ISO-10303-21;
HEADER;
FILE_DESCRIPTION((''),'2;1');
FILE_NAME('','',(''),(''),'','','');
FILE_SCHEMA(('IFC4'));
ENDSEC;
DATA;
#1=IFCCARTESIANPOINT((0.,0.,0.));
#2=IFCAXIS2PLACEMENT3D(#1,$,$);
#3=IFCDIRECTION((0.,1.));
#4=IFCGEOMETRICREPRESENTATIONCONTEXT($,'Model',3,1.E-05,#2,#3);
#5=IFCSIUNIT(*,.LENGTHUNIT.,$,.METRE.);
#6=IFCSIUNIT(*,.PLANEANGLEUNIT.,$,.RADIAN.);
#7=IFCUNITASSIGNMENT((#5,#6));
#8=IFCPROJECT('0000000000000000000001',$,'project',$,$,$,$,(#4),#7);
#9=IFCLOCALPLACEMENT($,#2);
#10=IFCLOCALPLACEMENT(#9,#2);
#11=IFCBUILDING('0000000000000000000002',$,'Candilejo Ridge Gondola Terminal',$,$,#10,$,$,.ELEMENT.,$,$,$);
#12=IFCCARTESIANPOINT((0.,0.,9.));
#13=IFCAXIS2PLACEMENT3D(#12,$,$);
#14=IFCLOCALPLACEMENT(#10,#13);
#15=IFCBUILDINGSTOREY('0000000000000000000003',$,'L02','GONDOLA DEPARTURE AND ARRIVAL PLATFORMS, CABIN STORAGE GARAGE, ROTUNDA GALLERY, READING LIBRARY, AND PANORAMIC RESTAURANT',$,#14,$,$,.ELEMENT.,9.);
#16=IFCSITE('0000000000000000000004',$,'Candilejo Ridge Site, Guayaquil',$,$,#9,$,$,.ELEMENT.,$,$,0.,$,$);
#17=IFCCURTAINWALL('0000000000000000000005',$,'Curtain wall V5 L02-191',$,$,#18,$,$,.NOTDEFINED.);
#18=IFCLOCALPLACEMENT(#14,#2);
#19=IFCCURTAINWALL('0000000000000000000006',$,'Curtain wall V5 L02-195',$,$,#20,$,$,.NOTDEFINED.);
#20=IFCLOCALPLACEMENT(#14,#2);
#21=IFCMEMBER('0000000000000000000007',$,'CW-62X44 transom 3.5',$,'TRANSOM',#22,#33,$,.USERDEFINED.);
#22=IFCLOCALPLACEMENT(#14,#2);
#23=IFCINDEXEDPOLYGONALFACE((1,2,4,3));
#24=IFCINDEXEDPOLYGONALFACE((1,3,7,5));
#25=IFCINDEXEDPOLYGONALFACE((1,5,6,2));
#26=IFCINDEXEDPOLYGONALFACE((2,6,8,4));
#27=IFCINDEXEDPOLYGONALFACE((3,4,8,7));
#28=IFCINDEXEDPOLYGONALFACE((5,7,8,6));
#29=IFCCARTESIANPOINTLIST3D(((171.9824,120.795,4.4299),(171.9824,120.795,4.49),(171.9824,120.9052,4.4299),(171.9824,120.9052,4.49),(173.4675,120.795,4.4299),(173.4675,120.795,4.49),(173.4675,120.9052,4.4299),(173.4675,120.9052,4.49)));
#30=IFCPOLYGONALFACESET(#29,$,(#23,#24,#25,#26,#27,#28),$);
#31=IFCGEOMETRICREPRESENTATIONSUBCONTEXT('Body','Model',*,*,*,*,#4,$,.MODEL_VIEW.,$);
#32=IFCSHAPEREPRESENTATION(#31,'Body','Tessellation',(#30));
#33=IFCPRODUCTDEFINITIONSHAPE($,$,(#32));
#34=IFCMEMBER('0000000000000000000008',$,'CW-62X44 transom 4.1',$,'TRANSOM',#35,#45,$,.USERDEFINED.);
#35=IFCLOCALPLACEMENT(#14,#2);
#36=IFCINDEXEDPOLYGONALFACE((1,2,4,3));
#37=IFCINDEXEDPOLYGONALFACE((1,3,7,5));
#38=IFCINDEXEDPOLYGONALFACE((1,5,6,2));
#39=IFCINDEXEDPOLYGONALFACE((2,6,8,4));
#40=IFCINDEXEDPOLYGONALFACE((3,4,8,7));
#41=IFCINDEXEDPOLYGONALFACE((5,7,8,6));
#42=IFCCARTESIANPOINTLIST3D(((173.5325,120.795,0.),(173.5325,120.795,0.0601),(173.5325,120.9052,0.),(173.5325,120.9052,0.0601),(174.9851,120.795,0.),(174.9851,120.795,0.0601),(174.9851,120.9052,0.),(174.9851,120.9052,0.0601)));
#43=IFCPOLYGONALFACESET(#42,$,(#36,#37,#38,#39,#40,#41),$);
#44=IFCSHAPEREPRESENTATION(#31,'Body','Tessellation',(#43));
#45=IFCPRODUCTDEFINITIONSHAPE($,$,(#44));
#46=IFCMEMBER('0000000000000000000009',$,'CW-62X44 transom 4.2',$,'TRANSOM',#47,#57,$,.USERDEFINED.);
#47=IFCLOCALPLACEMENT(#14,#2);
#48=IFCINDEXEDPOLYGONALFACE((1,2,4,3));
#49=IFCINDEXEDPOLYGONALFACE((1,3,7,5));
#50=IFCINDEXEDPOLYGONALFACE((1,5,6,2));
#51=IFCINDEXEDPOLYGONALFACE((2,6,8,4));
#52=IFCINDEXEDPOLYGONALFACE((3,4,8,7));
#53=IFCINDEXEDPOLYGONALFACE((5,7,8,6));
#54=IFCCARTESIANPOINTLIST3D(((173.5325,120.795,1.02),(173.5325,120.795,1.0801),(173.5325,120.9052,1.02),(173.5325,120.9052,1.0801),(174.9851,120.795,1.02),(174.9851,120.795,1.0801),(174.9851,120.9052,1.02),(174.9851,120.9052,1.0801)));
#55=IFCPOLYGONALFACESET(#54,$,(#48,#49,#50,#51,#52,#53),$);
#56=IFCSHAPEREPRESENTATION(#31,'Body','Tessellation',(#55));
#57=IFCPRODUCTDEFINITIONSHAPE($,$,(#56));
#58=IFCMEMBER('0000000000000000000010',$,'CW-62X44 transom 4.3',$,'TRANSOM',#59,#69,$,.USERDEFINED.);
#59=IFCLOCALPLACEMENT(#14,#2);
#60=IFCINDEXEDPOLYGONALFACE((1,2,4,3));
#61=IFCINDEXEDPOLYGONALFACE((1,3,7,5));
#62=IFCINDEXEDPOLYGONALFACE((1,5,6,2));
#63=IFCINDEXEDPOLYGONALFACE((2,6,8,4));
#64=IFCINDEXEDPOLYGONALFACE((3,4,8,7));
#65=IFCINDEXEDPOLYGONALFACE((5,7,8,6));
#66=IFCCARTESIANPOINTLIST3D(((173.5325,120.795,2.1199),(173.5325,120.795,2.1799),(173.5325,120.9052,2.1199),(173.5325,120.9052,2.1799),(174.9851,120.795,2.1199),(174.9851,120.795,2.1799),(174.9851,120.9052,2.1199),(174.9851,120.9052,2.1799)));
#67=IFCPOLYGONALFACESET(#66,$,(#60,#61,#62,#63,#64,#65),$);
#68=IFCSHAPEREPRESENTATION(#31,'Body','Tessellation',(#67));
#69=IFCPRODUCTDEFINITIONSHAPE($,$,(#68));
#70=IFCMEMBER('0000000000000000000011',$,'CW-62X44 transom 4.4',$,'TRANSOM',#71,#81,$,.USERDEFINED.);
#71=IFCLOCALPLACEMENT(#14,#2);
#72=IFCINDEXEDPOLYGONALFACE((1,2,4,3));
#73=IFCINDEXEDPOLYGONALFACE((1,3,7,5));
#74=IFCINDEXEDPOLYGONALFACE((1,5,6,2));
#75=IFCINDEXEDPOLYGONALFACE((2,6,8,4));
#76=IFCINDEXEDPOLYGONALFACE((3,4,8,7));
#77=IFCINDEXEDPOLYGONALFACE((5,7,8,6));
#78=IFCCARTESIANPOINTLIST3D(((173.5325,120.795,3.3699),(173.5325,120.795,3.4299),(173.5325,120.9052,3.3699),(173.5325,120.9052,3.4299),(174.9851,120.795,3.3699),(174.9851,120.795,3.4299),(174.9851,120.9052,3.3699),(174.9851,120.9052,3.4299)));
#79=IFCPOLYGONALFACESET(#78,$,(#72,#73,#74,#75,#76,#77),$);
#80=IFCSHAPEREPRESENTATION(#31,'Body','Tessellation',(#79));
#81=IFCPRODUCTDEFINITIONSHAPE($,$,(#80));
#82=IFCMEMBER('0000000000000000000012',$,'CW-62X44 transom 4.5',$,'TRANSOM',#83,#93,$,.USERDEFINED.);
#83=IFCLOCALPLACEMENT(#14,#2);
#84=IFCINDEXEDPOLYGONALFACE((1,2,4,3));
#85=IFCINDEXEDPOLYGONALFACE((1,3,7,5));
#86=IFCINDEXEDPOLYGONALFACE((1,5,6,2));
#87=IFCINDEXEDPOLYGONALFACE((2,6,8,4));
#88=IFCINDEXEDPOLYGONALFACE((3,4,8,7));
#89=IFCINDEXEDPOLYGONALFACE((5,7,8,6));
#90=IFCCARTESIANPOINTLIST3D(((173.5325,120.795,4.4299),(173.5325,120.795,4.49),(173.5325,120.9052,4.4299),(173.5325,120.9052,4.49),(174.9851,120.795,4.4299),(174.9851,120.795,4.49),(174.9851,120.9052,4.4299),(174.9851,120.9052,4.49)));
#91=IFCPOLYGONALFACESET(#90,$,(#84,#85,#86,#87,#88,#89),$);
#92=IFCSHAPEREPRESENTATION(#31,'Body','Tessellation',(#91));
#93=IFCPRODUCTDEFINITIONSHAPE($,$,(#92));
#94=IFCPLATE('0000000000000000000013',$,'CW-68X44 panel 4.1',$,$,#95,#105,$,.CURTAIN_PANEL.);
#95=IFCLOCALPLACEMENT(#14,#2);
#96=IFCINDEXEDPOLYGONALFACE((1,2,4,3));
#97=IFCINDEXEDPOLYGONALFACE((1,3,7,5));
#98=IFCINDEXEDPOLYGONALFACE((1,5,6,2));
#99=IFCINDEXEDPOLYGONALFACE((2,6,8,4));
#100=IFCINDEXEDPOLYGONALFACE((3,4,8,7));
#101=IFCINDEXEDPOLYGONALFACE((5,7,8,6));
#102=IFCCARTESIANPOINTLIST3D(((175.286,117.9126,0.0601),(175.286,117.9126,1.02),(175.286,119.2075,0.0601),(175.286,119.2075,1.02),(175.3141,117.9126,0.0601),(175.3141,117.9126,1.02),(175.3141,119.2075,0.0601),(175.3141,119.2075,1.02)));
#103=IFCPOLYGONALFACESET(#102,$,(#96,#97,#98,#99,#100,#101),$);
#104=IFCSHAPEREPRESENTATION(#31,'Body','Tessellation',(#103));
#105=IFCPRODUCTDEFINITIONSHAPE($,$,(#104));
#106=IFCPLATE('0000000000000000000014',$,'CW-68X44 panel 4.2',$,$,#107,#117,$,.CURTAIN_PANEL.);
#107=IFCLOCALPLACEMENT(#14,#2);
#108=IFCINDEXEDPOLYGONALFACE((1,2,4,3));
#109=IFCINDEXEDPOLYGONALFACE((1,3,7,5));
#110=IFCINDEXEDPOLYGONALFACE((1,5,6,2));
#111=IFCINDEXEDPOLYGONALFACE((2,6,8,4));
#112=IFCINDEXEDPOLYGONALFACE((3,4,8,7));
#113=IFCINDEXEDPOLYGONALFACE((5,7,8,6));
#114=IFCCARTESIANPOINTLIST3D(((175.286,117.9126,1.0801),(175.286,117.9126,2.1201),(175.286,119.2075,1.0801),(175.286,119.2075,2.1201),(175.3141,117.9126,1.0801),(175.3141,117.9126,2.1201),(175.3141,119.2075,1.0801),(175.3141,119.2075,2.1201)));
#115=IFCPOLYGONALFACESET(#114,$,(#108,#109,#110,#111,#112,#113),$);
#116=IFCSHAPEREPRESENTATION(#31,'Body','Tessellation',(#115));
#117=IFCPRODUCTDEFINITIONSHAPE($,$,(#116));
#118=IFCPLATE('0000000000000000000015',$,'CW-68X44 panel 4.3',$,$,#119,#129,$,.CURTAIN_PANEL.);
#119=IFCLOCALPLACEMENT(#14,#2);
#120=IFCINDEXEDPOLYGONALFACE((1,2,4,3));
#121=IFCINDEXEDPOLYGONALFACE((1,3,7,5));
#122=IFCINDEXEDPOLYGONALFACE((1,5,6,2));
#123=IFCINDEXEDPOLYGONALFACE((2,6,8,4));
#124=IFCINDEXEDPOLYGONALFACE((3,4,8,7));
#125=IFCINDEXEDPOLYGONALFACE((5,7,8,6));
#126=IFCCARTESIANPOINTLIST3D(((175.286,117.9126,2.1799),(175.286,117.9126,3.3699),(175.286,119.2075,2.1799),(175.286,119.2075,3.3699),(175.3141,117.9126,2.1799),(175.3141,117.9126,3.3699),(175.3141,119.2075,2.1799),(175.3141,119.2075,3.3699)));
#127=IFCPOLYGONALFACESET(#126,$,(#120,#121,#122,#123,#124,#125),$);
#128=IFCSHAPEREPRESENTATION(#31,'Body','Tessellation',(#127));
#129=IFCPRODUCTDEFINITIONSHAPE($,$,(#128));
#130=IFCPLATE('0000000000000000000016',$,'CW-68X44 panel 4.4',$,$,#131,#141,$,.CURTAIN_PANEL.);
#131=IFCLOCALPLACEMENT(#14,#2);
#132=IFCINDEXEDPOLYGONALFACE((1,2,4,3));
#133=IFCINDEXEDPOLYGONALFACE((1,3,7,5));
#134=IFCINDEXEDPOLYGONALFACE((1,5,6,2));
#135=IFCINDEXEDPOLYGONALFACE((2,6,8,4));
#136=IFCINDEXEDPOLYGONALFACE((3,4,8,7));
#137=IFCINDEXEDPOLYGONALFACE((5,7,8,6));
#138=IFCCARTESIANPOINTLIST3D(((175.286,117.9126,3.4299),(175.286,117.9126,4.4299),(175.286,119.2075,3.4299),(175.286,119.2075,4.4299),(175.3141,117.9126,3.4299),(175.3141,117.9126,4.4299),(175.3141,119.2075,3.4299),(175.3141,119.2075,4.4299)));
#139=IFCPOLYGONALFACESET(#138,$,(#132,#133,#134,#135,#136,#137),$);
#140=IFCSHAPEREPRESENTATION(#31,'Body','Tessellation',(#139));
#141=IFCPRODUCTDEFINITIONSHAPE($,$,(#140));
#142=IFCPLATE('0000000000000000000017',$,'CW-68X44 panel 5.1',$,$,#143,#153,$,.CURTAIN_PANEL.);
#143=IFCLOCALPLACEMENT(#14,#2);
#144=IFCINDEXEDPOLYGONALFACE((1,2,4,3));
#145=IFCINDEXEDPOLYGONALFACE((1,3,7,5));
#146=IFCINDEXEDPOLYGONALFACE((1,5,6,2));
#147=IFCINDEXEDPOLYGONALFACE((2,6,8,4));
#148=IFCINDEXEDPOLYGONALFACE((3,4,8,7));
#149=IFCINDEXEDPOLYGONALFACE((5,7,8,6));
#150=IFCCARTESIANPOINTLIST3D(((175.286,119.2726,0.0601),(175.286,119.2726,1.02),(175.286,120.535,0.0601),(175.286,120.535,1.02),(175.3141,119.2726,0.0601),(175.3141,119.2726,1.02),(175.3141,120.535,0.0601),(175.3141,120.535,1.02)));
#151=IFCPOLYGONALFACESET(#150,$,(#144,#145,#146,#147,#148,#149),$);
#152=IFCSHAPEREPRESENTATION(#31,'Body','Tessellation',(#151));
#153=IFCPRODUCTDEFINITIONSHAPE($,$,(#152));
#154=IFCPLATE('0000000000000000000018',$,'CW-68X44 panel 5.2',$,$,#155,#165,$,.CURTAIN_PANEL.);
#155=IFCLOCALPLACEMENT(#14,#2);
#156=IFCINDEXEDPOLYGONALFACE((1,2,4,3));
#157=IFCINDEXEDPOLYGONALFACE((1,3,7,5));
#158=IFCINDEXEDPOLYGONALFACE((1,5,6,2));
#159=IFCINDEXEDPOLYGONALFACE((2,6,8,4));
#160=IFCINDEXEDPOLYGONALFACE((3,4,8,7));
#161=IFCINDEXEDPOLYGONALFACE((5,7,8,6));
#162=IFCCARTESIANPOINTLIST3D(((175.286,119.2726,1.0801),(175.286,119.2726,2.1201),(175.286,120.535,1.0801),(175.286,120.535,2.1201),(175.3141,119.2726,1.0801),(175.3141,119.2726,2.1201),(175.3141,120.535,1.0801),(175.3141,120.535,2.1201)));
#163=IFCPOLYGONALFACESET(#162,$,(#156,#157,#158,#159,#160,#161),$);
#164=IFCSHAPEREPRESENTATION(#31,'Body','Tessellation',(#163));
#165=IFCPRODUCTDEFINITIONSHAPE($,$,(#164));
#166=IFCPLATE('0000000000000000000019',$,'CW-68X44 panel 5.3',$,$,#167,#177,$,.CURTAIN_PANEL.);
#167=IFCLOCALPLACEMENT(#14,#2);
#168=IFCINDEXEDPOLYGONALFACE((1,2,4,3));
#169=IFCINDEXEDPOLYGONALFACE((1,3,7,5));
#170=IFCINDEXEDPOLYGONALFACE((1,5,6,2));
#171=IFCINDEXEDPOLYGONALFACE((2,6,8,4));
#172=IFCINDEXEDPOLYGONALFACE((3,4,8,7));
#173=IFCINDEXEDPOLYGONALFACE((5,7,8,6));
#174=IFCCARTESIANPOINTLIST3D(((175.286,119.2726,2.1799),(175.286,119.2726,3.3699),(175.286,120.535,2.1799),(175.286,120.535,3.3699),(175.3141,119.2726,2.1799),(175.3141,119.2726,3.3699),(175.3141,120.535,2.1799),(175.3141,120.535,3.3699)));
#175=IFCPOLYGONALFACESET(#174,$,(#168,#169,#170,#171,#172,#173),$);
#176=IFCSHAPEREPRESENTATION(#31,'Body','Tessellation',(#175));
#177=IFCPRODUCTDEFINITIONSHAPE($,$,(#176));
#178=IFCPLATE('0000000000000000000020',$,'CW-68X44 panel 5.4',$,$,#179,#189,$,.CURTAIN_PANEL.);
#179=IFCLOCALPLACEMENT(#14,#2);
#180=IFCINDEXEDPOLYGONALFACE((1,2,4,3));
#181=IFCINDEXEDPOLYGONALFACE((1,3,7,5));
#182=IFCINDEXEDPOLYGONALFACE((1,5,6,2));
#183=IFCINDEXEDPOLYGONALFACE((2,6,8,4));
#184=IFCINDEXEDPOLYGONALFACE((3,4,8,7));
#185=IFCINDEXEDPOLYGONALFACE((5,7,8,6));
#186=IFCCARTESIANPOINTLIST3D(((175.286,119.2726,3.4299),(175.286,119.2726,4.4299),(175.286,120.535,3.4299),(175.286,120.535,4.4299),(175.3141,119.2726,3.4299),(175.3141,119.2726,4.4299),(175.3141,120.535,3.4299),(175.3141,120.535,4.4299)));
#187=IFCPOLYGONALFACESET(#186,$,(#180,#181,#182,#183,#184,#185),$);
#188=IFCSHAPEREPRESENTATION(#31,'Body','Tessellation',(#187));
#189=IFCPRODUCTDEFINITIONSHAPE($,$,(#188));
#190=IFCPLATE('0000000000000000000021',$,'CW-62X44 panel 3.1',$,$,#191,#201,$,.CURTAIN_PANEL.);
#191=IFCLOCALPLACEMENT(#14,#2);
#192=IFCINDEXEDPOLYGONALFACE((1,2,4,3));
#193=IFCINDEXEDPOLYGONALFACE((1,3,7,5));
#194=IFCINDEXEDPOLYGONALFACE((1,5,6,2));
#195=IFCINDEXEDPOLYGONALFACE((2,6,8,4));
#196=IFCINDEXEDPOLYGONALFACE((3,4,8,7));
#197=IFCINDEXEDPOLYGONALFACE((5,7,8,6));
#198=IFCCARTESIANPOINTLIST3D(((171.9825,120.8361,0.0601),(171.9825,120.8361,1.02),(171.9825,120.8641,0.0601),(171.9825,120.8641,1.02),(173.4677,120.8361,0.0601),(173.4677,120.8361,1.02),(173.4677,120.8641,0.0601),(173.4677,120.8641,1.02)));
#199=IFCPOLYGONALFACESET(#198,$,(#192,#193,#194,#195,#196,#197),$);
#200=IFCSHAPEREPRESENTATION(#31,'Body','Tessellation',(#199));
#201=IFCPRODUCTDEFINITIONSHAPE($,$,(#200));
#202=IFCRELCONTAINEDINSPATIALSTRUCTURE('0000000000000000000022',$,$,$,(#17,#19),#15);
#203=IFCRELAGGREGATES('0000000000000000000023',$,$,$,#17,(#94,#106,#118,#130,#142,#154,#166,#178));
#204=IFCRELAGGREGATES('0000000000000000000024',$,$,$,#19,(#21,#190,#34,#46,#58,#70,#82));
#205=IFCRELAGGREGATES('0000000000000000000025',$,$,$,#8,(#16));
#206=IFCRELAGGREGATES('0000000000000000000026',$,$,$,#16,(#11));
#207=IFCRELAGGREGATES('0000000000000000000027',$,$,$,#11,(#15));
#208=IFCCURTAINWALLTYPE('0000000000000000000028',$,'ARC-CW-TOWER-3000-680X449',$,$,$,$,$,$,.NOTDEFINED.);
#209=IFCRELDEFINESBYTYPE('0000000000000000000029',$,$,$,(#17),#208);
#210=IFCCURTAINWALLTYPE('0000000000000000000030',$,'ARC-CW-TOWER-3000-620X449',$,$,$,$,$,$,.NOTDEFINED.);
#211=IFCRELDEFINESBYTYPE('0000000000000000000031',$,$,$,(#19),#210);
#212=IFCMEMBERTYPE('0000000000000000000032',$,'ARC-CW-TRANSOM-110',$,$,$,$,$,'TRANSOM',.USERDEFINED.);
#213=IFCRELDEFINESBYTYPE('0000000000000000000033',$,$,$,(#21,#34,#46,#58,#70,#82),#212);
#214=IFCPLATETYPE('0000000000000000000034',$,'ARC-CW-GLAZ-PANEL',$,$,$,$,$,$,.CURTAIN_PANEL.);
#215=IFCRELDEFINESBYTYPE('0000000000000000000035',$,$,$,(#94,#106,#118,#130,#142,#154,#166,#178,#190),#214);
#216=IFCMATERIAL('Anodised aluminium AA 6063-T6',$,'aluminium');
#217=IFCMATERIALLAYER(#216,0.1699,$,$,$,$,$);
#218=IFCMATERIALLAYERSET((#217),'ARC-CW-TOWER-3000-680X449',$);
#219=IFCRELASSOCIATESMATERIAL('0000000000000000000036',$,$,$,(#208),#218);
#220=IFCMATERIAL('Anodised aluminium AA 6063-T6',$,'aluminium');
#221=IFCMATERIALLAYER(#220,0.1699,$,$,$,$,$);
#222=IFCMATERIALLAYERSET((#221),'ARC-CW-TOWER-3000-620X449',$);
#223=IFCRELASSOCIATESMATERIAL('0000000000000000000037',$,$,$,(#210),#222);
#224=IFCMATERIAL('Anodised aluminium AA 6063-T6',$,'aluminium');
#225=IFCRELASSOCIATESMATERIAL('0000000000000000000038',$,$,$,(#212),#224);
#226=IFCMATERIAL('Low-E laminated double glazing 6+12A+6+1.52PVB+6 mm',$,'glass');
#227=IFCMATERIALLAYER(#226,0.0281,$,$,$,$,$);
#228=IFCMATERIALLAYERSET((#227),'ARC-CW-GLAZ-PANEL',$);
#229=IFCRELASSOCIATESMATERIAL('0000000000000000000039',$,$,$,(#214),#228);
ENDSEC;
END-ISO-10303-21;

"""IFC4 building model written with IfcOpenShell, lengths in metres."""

from ifc_helpers import new_model, si_unit, direction, frame, origin, origin_2d, place, context, subcontext, project, spatial, rectangle, extrude, material, layer, layer_set, material_profile, profile_set, type_object, element, aggregate, save


model = new_model("IFC4")

# Units and contexts
model_context = context("Model", 3, precision=1e-05, world=origin(), true_north=direction((0.0, 1.0)))
body_context = subcontext(model_context, "Body", "Model", "MODEL_VIEW")
ifc_project = project(units=[si_unit("LENGTHUNIT", "METRE"), si_unit("PLANEANGLEUNIT", "RADIAN")], contexts=[model_context])

# Site, building, storey
site_placement = place(None, origin())
site = spatial("IfcSite", under=ifc_project, at=site_placement, Name="Candilejo Ridge Site, Guayaquil", CompositionType="ELEMENT", RefElevation=0.0)
building_placement = place(site_placement, origin())
building = spatial("IfcBuilding", under=site, at=building_placement, Name="Candilejo Ridge Gondola Terminal", CompositionType="ELEMENT")
storey_placement = place(building_placement, frame((0.0, 0.0, 9.0)))
storey = spatial("IfcBuildingStorey", under=building, at=storey_placement, Name="L02", Description="GONDOLA DEPARTURE AND ARRIVAL PLATFORMS, CABIN STORAGE GARAGE, ROTUNDA GALLERY, READING LIBRARY, AND PANORAMIC RESTAURANT", CompositionType="ELEMENT", Elevation=9.0)

# Curtain walls
ifc_material_1 = material(Name="Anodised aluminium AA 6063-T6", Category="aluminium")
ifc_layer_1 = layer(ifc_material_1, 0.1699)
ifc_layer_set_1 = layer_set([ifc_layer_1], Name="ARC-CW-TOWER-3000-680X449")
curtain_wall_type_1 = type_object("IfcCurtainWallType", Name="ARC-CW-TOWER-3000-680X449", PredefinedType="NOTDEFINED", material=ifc_layer_set_1)
curtain_wall_1_placement = place(storey_placement, origin())
curtain_wall_1 = element("IfcCurtainWall", 1, at=curtain_wall_1_placement, inside=storey, type_object=curtain_wall_type_1, Name="Curtain wall V5 L02-191", PredefinedType="NOTDEFINED")
ifc_material_2 = material(Name="Anodised aluminium AA 6063-T6", Category="aluminium")
ifc_layer_2 = layer(ifc_material_2, 0.1699)
ifc_layer_set_2 = layer_set([ifc_layer_2], Name="ARC-CW-TOWER-3000-620X449")
curtain_wall_type_2 = type_object("IfcCurtainWallType", Name="ARC-CW-TOWER-3000-620X449", PredefinedType="NOTDEFINED", material=ifc_layer_set_2)
curtain_wall_2_placement = place(storey_placement, origin())
curtain_wall_2 = element("IfcCurtainWall", 2, at=curtain_wall_2_placement, inside=storey, type_object=curtain_wall_type_2, Name="Curtain wall V5 L02-195", PredefinedType="NOTDEFINED")

# Members
ifc_material_3 = material(Name="Anodised aluminium AA 6063-T6", Category="aluminium")
ifc_material_profile_1 = material_profile(ifc_material_3, rectangle(XDim=0.1101, YDim=0.0601, at=origin_2d()))
ifc_profile_set_1 = profile_set([ifc_material_profile_1], Name="Anodised aluminium AA 6063-T6")
member_type_1 = type_object("IfcMemberType", Name="ARC-CW-TRANSOM-110", ElementType="TRANSOM", PredefinedType="USERDEFINED", material=ifc_profile_set_1)
member_1_placement = place(storey_placement, frame((171.9824, 120.8501, 4.46), z_axis=(1.0, 0.0, 0.0), x_axis=(0.0, 1.0, 0.0)))
member_1 = element("IfcMember", 3, at=member_1_placement, type_object=member_type_1, Name="CW-62X44 transom 3.5", ObjectType="TRANSOM", PredefinedType="USERDEFINED", context=body_context, shape_type="SweptSolid", body=[
    extrude(rectangle(XDim=0.1101, YDim=0.0601, at=origin_2d()), origin(), (0.0, 0.0, 1.0), 1.4851),
])
member_2_placement = place(storey_placement, frame((173.5325, 120.8501, 0.03), z_axis=(1.0, 0.0, 0.0), x_axis=(0.0, 1.0, 0.0)))
member_2 = element("IfcMember", 4, at=member_2_placement, type_object=member_type_1, Name="CW-62X44 transom 4.1", ObjectType="TRANSOM", PredefinedType="USERDEFINED", context=body_context, shape_type="SweptSolid", body=[
    extrude(rectangle(XDim=0.1101, YDim=0.0601, at=origin_2d()), origin(), (0.0, 0.0, 1.0), 1.4526),
])
member_3_placement = place(storey_placement, frame((173.5325, 120.8501, 1.05), z_axis=(1.0, 0.0, 0.0), x_axis=(0.0, 1.0, 0.0)))
member_3 = element("IfcMember", 5, at=member_3_placement, type_object=member_type_1, Name="CW-62X44 transom 4.2", ObjectType="TRANSOM", PredefinedType="USERDEFINED", context=body_context, shape_type="SweptSolid", body=[
    extrude(rectangle(XDim=0.1101, YDim=0.0601, at=origin_2d()), origin(), (0.0, 0.0, 1.0), 1.4526),
])
member_4_placement = place(storey_placement, frame((173.5325, 120.8501, 2.1499), z_axis=(1.0, 0.0, 0.0), x_axis=(0.0, 1.0, 0.0)))
member_4 = element("IfcMember", 6, at=member_4_placement, type_object=member_type_1, Name="CW-62X44 transom 4.3", ObjectType="TRANSOM", PredefinedType="USERDEFINED", context=body_context, shape_type="SweptSolid", body=[
    extrude(rectangle(XDim=0.1101, YDim=0.0601, at=origin_2d()), origin(), (0.0, 0.0, 1.0), 1.4526),
])
member_5_placement = place(storey_placement, frame((173.5325, 120.8501, 3.3999), z_axis=(1.0, 0.0, 0.0), x_axis=(0.0, 1.0, 0.0)))
member_5 = element("IfcMember", 7, at=member_5_placement, type_object=member_type_1, Name="CW-62X44 transom 4.4", ObjectType="TRANSOM", PredefinedType="USERDEFINED", context=body_context, shape_type="SweptSolid", body=[
    extrude(rectangle(XDim=0.1101, YDim=0.0601, at=origin_2d()), origin(), (0.0, 0.0, 1.0), 1.4526),
])
member_6_placement = place(storey_placement, frame((173.5325, 120.8501, 4.46), z_axis=(1.0, 0.0, 0.0), x_axis=(0.0, 1.0, 0.0)))
member_6 = element("IfcMember", 8, at=member_6_placement, type_object=member_type_1, Name="CW-62X44 transom 4.5", ObjectType="TRANSOM", PredefinedType="USERDEFINED", context=body_context, shape_type="SweptSolid", body=[
    extrude(rectangle(XDim=0.1101, YDim=0.0601, at=origin_2d()), origin(), (0.0, 0.0, 1.0), 1.4526),
])

# Plates
ifc_material_4 = material(Name="Low-E laminated double glazing 6+12A+6+1.52PVB+6 mm", Category="glass")
ifc_layer_3 = layer(ifc_material_4, 0.0281)
ifc_layer_set_3 = layer_set([ifc_layer_3], Name="ARC-CW-GLAZ-PANEL")
plate_type = type_object("IfcPlateType", Name="ARC-CW-GLAZ-PANEL", PredefinedType="CURTAIN_PANEL", material=ifc_layer_set_3)
plate_1_placement = place(storey_placement, frame((175.3, 118.5601, 0.0601), z_axis=(0.0, 0.0, 1.0), x_axis=(0.0, 1.0, 0.0)))
plate_1 = element("IfcPlate", 9, at=plate_1_placement, type_object=plate_type, Name="CW-68X44 panel 4.1", PredefinedType="CURTAIN_PANEL", context=body_context, shape_type="SweptSolid", body=[
    extrude(rectangle(XDim=1.2949, YDim=0.0281, at=origin_2d()), origin(), (0.0, 0.0, 1.0), 0.96),
])
plate_2_placement = place(storey_placement, frame((175.3, 118.5601, 1.0801), z_axis=(0.0, 0.0, 1.0), x_axis=(0.0, 1.0, 0.0)))
plate_2 = element("IfcPlate", 10, at=plate_2_placement, type_object=plate_type, Name="CW-68X44 panel 4.2", PredefinedType="CURTAIN_PANEL", context=body_context, shape_type="SweptSolid", body=[
    extrude(rectangle(XDim=1.2949, YDim=0.0281, at=origin_2d()), origin(), (0.0, 0.0, 1.0), 1.04),
])
plate_3_placement = place(storey_placement, frame((175.3, 118.5601, 2.1799), z_axis=(0.0, 0.0, 1.0), x_axis=(0.0, 1.0, 0.0)))
plate_3 = element("IfcPlate", 11, at=plate_3_placement, type_object=plate_type, Name="CW-68X44 panel 4.3", PredefinedType="CURTAIN_PANEL", context=body_context, shape_type="SweptSolid", body=[
    extrude(rectangle(XDim=1.2949, YDim=0.0281, at=origin_2d()), origin(), (0.0, 0.0, 1.0), 1.1899),
])
plate_4_placement = place(storey_placement, frame((175.3, 118.5601, 3.4299), z_axis=(0.0, 0.0, 1.0), x_axis=(0.0, 1.0, 0.0)))
plate_4 = element("IfcPlate", 12, at=plate_4_placement, type_object=plate_type, Name="CW-68X44 panel 4.4", PredefinedType="CURTAIN_PANEL", context=body_context, shape_type="SweptSolid", body=[
    extrude(rectangle(XDim=1.2949, YDim=0.0281, at=origin_2d()), origin(), (0.0, 0.0, 1.0), 1.0),
])
plate_5_placement = place(storey_placement, frame((175.3, 119.9038, 0.0601), z_axis=(0.0, 0.0, 1.0), x_axis=(0.0, 1.0, 0.0)))
plate_5 = element("IfcPlate", 13, at=plate_5_placement, type_object=plate_type, Name="CW-68X44 panel 5.1", PredefinedType="CURTAIN_PANEL", context=body_context, shape_type="SweptSolid", body=[
    extrude(rectangle(XDim=1.2625, YDim=0.0281, at=origin_2d()), origin(), (0.0, 0.0, 1.0), 0.96),
])
plate_6_placement = place(storey_placement, frame((175.3, 119.9038, 1.0801), z_axis=(0.0, 0.0, 1.0), x_axis=(0.0, 1.0, 0.0)))
plate_6 = element("IfcPlate", 14, at=plate_6_placement, type_object=plate_type, Name="CW-68X44 panel 5.2", PredefinedType="CURTAIN_PANEL", context=body_context, shape_type="SweptSolid", body=[
    extrude(rectangle(XDim=1.2625, YDim=0.0281, at=origin_2d()), origin(), (0.0, 0.0, 1.0), 1.04),
])
plate_7_placement = place(storey_placement, frame((175.3, 119.9038, 2.1799), z_axis=(0.0, 0.0, 1.0), x_axis=(0.0, 1.0, 0.0)))
plate_7 = element("IfcPlate", 15, at=plate_7_placement, type_object=plate_type, Name="CW-68X44 panel 5.3", PredefinedType="CURTAIN_PANEL", context=body_context, shape_type="SweptSolid", body=[
    extrude(rectangle(XDim=1.2625, YDim=0.0281, at=origin_2d()), origin(), (0.0, 0.0, 1.0), 1.1899),
])
plate_8_placement = place(storey_placement, frame((175.3, 119.9038, 3.4299), z_axis=(0.0, 0.0, 1.0), x_axis=(0.0, 1.0, 0.0)))
plate_8 = element("IfcPlate", 16, at=plate_8_placement, type_object=plate_type, Name="CW-68X44 panel 5.4", PredefinedType="CURTAIN_PANEL", context=body_context, shape_type="SweptSolid", body=[
    extrude(rectangle(XDim=1.2625, YDim=0.0281, at=origin_2d()), origin(), (0.0, 0.0, 1.0), 1.0),
])
aggregate(curtain_wall_1, [plate_1, plate_2, plate_3, plate_4, plate_5, plate_6, plate_7, plate_8])
plate_9_placement = place(storey_placement, frame((172.7251, 120.8501, 0.0601), z_axis=(0.0, 0.0, 1.0), x_axis=(1.0, 0.0, 0.0)))
plate_9 = element("IfcPlate", 17, at=plate_9_placement, type_object=plate_type, Name="CW-62X44 panel 3.1", PredefinedType="CURTAIN_PANEL", context=body_context, shape_type="SweptSolid", body=[
    extrude(rectangle(XDim=1.4851, YDim=0.0281, at=origin_2d()), origin(), (0.0, 0.0, 1.0), 0.96),
])
aggregate(curtain_wall_2, [member_1, plate_9, member_2, member_3, member_4, member_5, member_6])

save(model, "model.ifc")
